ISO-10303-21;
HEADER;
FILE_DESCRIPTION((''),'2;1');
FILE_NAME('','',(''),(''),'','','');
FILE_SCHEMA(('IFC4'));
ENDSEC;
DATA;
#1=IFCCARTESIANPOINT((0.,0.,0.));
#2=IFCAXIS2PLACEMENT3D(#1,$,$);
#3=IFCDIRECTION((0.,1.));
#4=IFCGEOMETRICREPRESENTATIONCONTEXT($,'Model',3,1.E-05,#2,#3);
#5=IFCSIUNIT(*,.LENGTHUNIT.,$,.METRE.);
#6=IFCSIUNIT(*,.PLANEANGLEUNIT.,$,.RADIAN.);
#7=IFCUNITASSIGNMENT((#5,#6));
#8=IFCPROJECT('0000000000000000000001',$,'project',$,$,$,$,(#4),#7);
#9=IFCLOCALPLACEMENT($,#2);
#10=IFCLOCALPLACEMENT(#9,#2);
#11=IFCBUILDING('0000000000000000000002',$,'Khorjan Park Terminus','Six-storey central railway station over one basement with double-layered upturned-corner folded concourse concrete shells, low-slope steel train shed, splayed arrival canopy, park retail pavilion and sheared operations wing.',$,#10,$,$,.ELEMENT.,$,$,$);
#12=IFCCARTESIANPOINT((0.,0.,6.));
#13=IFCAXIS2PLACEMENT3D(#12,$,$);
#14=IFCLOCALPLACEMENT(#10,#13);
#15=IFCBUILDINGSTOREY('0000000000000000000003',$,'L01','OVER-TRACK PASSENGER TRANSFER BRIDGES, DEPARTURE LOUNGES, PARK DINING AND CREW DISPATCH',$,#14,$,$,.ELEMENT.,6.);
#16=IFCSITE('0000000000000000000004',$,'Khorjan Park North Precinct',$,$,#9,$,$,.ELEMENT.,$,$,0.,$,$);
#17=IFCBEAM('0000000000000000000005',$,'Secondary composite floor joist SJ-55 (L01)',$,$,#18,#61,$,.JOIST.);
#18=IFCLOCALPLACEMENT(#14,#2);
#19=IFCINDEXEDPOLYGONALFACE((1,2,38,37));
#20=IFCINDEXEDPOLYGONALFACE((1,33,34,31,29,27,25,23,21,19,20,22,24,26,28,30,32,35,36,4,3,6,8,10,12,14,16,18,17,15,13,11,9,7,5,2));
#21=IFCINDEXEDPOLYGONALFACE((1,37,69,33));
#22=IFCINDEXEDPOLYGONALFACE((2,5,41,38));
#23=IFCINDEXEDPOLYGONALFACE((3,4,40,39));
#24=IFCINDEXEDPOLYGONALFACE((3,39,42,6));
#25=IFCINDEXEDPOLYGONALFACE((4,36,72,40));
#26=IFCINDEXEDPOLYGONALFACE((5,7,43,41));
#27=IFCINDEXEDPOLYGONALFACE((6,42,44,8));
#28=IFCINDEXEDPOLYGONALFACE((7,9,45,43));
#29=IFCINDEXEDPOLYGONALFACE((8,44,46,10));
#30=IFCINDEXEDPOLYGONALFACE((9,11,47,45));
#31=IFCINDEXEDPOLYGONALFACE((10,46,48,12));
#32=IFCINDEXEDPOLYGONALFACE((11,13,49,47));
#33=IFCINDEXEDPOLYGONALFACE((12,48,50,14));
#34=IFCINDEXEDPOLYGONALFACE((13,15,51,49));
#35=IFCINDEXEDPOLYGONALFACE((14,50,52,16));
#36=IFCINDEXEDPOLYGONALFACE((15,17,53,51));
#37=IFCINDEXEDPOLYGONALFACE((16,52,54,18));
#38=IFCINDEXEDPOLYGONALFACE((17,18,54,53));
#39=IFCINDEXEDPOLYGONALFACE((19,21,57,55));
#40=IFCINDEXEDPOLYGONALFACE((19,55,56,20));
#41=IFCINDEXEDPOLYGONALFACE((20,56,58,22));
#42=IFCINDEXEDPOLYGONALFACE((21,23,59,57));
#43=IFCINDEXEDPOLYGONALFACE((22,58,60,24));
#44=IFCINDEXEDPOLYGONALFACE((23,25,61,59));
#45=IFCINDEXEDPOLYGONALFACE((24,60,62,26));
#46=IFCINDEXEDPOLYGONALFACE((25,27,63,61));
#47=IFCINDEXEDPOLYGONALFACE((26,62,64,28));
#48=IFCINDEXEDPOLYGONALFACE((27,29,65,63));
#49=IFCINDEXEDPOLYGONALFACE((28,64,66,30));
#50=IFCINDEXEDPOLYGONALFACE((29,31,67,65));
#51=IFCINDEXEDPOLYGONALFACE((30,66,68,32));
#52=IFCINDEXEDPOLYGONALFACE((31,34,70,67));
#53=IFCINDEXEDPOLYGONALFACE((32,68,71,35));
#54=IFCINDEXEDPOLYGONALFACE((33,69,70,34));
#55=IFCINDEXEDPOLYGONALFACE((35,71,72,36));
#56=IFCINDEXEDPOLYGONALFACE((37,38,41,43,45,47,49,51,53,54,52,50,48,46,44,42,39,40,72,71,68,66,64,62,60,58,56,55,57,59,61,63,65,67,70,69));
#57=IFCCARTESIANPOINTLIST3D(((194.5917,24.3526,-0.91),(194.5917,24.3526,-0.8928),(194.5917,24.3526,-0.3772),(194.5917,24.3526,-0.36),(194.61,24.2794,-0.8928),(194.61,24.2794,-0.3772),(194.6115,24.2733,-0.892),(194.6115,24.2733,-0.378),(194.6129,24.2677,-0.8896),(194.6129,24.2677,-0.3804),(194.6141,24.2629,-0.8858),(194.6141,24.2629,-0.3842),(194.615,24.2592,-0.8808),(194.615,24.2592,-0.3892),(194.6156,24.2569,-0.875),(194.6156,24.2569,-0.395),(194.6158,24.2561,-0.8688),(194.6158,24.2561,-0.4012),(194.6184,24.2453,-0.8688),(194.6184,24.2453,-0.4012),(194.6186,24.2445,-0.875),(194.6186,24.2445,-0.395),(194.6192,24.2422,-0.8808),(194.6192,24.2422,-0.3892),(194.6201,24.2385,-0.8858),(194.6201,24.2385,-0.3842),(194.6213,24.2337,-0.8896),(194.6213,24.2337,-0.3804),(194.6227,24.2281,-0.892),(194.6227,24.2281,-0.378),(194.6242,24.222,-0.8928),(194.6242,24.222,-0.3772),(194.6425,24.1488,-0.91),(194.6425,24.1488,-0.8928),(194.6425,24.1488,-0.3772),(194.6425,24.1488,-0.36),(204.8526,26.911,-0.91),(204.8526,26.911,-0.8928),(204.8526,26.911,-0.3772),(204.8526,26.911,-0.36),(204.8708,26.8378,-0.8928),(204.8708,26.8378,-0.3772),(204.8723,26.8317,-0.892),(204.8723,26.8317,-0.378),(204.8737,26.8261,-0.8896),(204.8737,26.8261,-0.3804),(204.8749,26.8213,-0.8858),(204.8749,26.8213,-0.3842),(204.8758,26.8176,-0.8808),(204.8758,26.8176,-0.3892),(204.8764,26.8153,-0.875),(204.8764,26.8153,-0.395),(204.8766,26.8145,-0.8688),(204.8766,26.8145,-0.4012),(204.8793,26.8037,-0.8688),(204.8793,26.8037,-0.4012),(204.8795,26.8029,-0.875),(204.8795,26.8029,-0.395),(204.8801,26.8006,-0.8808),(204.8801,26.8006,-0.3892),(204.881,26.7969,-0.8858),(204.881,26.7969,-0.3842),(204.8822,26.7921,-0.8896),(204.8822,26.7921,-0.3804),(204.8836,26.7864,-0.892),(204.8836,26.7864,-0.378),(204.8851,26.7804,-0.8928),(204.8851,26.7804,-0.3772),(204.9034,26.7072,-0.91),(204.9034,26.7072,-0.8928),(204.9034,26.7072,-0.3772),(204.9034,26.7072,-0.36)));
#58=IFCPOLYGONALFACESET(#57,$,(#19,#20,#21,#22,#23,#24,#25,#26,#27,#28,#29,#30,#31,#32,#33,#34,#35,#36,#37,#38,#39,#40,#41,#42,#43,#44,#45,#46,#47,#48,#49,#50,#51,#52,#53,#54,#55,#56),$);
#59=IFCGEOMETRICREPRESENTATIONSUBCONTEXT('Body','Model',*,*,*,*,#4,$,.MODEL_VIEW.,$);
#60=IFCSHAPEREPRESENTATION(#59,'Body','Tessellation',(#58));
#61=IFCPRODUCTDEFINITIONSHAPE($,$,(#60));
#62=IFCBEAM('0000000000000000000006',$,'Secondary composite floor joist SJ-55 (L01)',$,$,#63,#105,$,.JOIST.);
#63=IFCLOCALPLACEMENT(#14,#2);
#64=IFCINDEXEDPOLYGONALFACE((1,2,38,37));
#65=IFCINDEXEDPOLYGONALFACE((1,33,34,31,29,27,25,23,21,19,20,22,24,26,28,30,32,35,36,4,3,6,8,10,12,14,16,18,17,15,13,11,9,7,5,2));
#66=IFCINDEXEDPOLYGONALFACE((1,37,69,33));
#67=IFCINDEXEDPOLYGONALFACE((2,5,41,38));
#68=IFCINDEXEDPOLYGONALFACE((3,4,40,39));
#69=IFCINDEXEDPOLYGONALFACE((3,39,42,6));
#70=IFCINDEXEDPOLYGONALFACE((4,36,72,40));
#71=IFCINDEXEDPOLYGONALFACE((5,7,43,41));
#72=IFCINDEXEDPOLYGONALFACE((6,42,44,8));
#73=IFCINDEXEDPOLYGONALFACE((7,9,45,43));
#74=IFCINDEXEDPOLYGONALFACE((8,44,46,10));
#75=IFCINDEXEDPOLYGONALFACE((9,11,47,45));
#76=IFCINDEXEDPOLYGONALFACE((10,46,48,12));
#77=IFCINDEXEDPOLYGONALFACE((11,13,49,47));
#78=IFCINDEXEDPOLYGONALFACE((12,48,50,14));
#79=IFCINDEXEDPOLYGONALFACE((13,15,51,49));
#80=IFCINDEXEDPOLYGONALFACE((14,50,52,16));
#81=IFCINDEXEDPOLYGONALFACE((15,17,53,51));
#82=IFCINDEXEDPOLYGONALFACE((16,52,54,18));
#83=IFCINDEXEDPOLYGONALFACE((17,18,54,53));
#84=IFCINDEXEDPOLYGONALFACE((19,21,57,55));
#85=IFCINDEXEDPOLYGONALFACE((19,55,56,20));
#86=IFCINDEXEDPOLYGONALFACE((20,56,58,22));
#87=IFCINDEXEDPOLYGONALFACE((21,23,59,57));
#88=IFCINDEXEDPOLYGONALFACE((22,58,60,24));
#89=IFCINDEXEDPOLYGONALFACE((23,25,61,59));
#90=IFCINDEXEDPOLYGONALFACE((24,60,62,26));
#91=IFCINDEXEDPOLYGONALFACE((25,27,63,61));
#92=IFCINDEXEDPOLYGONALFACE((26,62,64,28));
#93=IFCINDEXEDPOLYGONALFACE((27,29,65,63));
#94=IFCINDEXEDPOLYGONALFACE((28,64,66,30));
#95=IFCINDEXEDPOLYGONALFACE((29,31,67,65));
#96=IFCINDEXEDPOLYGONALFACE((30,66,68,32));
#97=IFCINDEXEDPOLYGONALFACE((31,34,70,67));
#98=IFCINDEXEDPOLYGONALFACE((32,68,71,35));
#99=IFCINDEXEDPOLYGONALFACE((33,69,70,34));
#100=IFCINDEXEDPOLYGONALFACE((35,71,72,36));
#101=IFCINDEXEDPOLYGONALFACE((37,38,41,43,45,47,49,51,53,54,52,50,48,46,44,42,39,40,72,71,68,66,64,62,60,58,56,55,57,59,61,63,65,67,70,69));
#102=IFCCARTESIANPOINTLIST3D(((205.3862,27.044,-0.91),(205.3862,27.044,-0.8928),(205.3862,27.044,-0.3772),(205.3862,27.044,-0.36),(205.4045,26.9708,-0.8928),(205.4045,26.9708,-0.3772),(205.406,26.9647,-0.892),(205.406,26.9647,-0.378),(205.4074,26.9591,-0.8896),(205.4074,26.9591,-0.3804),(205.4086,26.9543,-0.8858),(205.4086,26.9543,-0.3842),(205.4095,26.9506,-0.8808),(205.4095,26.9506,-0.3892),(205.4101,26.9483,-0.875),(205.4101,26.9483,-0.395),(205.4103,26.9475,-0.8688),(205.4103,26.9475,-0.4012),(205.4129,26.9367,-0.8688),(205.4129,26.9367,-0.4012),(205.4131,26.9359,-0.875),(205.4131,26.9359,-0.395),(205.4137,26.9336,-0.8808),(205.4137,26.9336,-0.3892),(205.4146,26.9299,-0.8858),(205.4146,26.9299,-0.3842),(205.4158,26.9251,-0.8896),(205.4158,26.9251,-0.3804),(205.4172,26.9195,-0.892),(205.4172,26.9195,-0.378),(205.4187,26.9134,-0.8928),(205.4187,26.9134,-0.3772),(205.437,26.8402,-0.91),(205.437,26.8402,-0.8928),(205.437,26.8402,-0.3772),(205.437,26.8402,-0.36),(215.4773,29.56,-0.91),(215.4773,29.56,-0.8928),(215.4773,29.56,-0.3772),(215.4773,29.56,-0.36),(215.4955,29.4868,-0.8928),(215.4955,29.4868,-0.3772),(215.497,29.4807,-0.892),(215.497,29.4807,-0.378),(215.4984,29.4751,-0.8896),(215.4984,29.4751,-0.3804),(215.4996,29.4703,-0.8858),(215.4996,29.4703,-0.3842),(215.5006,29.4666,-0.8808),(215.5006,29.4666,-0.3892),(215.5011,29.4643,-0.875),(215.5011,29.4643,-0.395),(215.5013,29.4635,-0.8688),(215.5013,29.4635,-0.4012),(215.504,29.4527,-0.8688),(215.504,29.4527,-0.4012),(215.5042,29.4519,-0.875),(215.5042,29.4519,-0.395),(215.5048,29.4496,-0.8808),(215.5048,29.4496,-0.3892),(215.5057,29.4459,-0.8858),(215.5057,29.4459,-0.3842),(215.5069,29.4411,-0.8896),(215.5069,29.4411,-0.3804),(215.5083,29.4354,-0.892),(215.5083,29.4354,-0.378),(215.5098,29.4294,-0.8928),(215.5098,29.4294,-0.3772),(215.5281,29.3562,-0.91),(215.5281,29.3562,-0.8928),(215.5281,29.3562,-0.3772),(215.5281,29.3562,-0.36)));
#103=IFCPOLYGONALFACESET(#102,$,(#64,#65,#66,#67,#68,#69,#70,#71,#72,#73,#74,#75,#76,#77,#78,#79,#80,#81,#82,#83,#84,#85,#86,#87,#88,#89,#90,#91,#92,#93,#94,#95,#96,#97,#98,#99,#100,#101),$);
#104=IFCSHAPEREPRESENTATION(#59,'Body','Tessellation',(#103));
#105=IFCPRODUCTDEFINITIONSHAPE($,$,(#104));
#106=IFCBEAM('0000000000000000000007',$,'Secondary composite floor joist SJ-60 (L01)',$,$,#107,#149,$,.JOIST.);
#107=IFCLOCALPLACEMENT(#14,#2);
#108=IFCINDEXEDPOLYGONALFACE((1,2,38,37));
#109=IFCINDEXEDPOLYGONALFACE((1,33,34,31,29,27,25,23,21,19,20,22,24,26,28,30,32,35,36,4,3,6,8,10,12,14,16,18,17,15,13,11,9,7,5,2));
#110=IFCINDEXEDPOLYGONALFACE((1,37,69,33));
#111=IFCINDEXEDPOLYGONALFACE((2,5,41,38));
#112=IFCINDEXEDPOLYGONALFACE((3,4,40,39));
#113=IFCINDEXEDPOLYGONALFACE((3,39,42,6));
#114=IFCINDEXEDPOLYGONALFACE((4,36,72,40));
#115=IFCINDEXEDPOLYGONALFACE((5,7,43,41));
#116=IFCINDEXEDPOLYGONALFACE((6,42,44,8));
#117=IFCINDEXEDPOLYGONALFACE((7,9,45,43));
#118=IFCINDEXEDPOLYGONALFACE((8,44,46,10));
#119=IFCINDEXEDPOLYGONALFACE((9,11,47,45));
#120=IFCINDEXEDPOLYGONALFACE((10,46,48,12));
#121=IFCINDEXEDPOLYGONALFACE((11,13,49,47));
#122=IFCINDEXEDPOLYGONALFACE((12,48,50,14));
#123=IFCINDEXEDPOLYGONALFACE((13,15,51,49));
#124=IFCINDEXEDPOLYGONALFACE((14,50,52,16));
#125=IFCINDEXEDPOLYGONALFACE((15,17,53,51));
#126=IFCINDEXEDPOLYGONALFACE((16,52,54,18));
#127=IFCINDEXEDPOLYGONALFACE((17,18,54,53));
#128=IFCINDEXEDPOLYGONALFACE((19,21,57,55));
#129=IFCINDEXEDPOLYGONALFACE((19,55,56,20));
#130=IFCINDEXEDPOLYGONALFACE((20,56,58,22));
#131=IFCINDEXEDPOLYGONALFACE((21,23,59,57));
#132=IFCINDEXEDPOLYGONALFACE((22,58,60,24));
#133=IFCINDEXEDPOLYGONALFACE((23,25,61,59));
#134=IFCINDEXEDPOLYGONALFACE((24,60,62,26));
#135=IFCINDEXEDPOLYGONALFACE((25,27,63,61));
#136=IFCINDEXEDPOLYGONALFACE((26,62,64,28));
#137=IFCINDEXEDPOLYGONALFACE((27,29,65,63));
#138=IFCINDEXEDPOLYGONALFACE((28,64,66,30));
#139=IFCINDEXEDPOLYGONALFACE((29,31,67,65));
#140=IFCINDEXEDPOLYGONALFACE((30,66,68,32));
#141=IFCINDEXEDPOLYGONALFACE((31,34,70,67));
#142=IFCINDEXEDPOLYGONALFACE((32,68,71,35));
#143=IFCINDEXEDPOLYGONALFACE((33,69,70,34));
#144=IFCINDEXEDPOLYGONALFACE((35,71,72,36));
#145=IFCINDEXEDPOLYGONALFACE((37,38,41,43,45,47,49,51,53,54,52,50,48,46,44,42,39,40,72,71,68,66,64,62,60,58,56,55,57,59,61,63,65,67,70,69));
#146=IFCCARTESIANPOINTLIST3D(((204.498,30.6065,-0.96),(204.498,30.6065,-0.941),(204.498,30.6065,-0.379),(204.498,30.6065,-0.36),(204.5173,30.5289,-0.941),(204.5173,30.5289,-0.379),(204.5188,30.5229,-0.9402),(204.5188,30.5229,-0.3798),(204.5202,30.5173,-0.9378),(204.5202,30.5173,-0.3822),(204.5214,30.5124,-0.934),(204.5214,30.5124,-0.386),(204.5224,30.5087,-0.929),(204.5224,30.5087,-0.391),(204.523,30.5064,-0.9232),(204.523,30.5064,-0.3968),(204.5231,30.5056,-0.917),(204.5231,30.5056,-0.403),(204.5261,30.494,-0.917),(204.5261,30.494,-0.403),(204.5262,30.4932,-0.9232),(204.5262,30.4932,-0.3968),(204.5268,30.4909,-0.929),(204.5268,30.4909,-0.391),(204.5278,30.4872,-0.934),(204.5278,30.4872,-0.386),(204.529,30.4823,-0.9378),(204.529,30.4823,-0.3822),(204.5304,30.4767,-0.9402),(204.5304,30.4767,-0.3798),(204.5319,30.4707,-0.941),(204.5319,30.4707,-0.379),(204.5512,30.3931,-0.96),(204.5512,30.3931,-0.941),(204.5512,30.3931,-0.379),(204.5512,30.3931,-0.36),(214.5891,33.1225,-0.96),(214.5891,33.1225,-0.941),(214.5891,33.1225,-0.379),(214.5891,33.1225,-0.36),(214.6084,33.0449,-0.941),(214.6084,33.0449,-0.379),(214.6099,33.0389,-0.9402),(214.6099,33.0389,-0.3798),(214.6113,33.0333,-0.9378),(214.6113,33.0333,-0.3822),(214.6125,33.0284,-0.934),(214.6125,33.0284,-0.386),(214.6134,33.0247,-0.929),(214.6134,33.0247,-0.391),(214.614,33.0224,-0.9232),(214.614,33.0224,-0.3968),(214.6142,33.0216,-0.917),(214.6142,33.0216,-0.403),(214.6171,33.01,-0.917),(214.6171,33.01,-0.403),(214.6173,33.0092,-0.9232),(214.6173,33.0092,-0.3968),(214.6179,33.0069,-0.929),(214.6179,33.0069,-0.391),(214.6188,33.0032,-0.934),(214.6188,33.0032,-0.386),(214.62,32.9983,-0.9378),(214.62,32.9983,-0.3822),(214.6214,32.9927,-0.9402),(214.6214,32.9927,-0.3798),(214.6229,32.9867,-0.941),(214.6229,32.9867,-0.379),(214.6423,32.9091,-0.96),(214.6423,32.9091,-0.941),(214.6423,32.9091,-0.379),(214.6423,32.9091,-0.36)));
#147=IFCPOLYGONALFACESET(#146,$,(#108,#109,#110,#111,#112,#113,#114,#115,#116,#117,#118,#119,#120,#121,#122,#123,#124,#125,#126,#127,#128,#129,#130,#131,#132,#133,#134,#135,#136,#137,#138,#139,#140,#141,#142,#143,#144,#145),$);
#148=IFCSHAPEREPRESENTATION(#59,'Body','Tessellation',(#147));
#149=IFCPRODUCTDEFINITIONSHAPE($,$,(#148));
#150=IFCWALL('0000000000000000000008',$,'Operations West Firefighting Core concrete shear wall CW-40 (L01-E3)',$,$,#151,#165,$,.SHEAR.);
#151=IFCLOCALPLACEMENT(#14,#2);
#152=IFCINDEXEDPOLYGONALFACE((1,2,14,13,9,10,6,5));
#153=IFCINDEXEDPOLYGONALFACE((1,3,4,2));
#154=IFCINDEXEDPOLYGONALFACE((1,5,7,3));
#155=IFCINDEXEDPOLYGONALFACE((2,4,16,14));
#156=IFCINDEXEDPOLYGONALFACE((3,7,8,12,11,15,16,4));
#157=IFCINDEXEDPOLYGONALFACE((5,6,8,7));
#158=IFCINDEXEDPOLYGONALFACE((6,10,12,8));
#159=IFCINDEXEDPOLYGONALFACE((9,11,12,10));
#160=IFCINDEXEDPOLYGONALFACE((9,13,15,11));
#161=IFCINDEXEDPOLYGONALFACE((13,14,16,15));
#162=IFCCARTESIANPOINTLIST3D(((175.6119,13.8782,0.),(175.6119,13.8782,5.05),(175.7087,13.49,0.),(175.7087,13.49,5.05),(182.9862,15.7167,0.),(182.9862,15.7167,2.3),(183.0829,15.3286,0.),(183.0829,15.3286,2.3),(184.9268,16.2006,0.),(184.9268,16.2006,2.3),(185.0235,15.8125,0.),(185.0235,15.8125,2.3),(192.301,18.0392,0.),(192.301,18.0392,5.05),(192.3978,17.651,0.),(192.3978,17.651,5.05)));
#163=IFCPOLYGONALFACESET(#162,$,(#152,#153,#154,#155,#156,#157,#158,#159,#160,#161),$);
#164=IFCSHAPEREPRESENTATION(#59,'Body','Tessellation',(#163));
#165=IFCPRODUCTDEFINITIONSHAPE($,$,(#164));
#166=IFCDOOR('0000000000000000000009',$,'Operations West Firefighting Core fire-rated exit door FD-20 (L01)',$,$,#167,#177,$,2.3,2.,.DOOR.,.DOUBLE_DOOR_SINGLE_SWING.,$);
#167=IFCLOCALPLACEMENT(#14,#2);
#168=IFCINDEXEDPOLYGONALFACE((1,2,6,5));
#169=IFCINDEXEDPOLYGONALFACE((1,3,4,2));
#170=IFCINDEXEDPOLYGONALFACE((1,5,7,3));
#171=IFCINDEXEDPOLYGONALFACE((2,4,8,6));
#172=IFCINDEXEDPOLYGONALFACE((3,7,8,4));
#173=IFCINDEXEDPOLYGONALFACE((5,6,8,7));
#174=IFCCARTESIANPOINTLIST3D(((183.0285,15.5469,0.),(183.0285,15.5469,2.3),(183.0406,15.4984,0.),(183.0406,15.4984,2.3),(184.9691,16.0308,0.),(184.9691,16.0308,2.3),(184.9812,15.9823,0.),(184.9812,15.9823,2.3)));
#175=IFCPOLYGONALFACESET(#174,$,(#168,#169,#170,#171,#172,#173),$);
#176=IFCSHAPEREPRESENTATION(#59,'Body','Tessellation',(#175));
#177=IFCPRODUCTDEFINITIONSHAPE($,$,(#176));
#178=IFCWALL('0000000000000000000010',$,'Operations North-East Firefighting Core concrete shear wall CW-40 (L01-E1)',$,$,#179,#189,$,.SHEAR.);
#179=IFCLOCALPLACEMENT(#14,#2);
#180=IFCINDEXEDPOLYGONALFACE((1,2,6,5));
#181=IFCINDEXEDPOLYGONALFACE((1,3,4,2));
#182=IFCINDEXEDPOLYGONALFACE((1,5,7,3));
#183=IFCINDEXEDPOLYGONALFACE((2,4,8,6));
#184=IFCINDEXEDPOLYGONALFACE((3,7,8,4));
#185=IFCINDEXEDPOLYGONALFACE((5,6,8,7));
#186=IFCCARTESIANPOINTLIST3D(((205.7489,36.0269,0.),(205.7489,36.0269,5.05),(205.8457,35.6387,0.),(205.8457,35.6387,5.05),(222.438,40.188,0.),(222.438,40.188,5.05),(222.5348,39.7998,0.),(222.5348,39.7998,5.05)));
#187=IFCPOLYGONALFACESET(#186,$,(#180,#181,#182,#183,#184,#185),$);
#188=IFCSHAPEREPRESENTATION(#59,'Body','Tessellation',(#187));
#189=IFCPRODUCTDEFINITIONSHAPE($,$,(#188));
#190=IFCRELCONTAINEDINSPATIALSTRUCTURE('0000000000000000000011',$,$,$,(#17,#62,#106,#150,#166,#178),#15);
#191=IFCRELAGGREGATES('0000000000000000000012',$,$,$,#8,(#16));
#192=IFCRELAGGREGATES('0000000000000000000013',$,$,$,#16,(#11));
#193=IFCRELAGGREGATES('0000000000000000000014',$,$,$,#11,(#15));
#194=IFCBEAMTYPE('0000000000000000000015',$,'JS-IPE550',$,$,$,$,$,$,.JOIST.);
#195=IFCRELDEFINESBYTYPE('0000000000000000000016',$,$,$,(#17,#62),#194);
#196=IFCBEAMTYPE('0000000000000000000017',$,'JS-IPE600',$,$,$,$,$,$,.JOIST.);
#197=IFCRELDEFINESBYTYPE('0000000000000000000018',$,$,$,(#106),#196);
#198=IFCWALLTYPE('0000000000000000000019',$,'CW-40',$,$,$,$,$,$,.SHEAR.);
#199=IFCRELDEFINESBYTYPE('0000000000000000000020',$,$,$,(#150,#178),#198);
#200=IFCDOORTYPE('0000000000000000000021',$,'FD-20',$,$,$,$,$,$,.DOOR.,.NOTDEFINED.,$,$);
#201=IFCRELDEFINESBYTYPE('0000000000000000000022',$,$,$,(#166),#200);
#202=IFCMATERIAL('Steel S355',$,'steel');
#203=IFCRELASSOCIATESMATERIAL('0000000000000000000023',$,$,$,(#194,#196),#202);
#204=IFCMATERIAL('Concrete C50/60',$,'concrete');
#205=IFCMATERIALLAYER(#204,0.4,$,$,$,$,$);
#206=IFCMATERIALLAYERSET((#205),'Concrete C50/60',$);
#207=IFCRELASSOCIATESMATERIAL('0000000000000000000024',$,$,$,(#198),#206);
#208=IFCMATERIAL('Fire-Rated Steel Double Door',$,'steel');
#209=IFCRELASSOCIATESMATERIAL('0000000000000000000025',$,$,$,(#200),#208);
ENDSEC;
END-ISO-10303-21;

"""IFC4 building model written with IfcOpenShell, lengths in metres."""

from ifc_helpers import new_model, si_unit, direction, frame, frame_2d, origin, origin_2d, place, context, subcontext, project, spatial, rectangle, i_section, extrude, material, layer, layer_set, material_profile, profile_set, type_object, element, fill, save


model = new_model("IFC4")

# Units and contexts
model_context = context("Model", 3, precision=1e-05, world=origin(), true_north=direction((0.0, 1.0)))
body_context = subcontext(model_context, "Body", "Model", "MODEL_VIEW")
ifc_project = project(units=[si_unit("LENGTHUNIT", "METRE"), si_unit("PLANEANGLEUNIT", "RADIAN")], contexts=[model_context])

# Site, building, storey
site_placement = place(None, origin())
site = spatial("IfcSite", under=ifc_project, at=site_placement, Name="Khorjan Park North Precinct", CompositionType="ELEMENT", RefElevation=0.0)
building_placement = place(site_placement, origin())
building = spatial("IfcBuilding", under=site, at=building_placement, Name="Khorjan Park Terminus", Description="Six-storey central railway station over one basement with double-layered upturned-corner folded concourse concrete shells, low-slope steel train shed, splayed arrival canopy, park retail pavilion and sheared operations wing.", CompositionType="ELEMENT")
storey_placement = place(building_placement, frame((0.0, 0.0, 6.0)))
storey = spatial("IfcBuildingStorey", under=building, at=storey_placement, Name="L01", Description="OVER-TRACK PASSENGER TRANSFER BRIDGES, DEPARTURE LOUNGES, PARK DINING AND CREW DISPATCH", CompositionType="ELEMENT", Elevation=6.0)

# Shared definitions
ifc_material_1 = material(Name="Concrete C50/60", Category="concrete")

# Beams
ifc_material_2 = material(Name="Steel S355", Category="steel")
ifc_material_profile_1 = material_profile(ifc_material_2, i_section(OverallWidth=0.21, OverallDepth=0.55, WebThickness=0.0111, FlangeThickness=0.0172, FilletRadius=0.024, at=origin_2d()), Name="IPE 550")
ifc_profile_set_1 = profile_set([ifc_material_profile_1], Name="Steel S355")
beam_type_1 = type_object("IfcBeamType", Name="JS-IPE550", PredefinedType="JOIST", material=ifc_profile_set_1)
beam_1_placement = place(storey_placement, frame((194.6171, 24.2507, -0.635), z_axis=(0.970294, 0.241928, 0.0), x_axis=(-0.241928, 0.970294, 0.0)))
element("IfcBeam", 1, at=beam_1_placement, inside=storey, type_object=beam_type_1, Name="Secondary composite floor joist SJ-55 (L01)", PredefinedType="JOIST", context=body_context, shape_type="SweptSolid", body=[
    extrude(i_section(OverallWidth=0.21, OverallDepth=0.55, WebThickness=0.0111, FlangeThickness=0.0172, FilletRadius=0.024, at=origin_2d()), origin(), (0.0, 0.0, 1.0), 10.575),
])
beam_2_placement = place(storey_placement, frame((205.4116, 26.9421, -0.635), z_axis=(0.970296, 0.241922, 0.0), x_axis=(-0.241922, 0.970296, 0.0)))
element("IfcBeam", 2, at=beam_2_placement, inside=storey, type_object=beam_type_1, Name="Secondary composite floor joist SJ-55 (L01)", PredefinedType="JOIST", context=body_context, shape_type="SweptSolid", body=[
    extrude(i_section(OverallWidth=0.21, OverallDepth=0.55, WebThickness=0.0111, FlangeThickness=0.0172, FilletRadius=0.024, at=origin_2d()), origin(), (0.0, 0.0, 1.0), 10.4),
])
ifc_material_profile_2 = material_profile(ifc_material_2, i_section(OverallWidth=0.22, OverallDepth=0.6, WebThickness=0.012, FlangeThickness=0.019, FilletRadius=0.024, at=origin_2d()), Name="IPE 600")
ifc_profile_set_2 = profile_set([ifc_material_profile_2], Name="Steel S355")
beam_type_2 = type_object("IfcBeamType", Name="JS-IPE600", PredefinedType="JOIST", material=ifc_profile_set_2)
beam_3_placement = place(storey_placement, frame((204.5246, 30.4998, -0.66), z_axis=(0.970296, 0.241922, 0.0), x_axis=(-0.241922, 0.970296, 0.0)))
element("IfcBeam", 3, at=beam_3_placement, inside=storey, type_object=beam_type_2, Name="Secondary composite floor joist SJ-60 (L01)", PredefinedType="JOIST", context=body_context, shape_type="SweptSolid", body=[
    extrude(i_section(OverallWidth=0.22, OverallDepth=0.6, WebThickness=0.012, FlangeThickness=0.019, FilletRadius=0.024, at=origin_2d()), origin(), (0.0, 0.0, 1.0), 10.4),
])

# Wall, opening, door
ifc_layer_1 = layer(ifc_material_1, 0.4)
ifc_layer_set_1 = layer_set([ifc_layer_1], Name="Concrete C50/60")
wall_type_1 = type_object("IfcWallType", Name="CW-40", PredefinedType="SHEAR", material=ifc_layer_set_1)
wall_1_placement = place(storey_placement, frame((192.3494, 17.8451, 0.0), z_axis=(0.0, 0.0, 1.0), x_axis=(-0.970297, -0.241919, 0.0)))
wall_1 = element("IfcWall", 4, at=wall_1_placement, inside=storey, type_object=wall_type_1, Name="Operations West Firefighting Core concrete shear wall CW-40 (L01-E3)", PredefinedType="SHEAR", context=body_context, shape_type="SweptSolid", body=[
    extrude(rectangle(XDim=17.2, YDim=0.4, at=frame_2d((8.6, 0.0))), origin(), (0.0, 0.0, 1.0), 5.05),
])
opening_1_placement = place(wall_1_placement, frame((7.6, 0.0, 0.0)))
opening_1 = element("IfcOpeningElement", 5, at=opening_1_placement, cuts=wall_1, PredefinedType="OPENING", context=body_context, shape_type="SweptSolid", body=[
    extrude(rectangle(XDim=2.0, YDim=2.3, at=frame_2d((1.0, 1.15))), frame((0.0, 0.21, 0.0), z_axis=(0.0, -1.0, 0.0), x_axis=(1.0, 0.0, 0.0)), (0.0, 0.0, 1.0), 0.42),
])
ifc_material_3 = material(Name="Fire-Rated Steel Double Door", Category="steel")
door_type_1 = type_object("IfcDoorType", Name="FD-20", OperationType="NOTDEFINED", PredefinedType="DOOR", material=ifc_material_3)
door_1_placement = place(opening_1_placement, origin())
door_1 = element("IfcDoor", 6, at=door_1_placement, inside=storey, type_object=door_type_1, Name="Operations West Firefighting Core fire-rated exit door FD-20 (L01)", OperationType="DOUBLE_DOOR_SINGLE_SWING", OverallHeight=2.3, OverallWidth=2.0, PredefinedType="DOOR", context=body_context, shape_type="SweptSolid", body=[
    extrude(rectangle(XDim=2.0, YDim=2.3, at=frame_2d((1.0, 1.15))), frame((0.0, 0.025, 0.0), z_axis=(0.0, -1.0, 0.0), x_axis=(1.0, 0.0, 0.0)), (0.0, 0.0, 1.0), 0.05),
])
fill(opening_1, door_1)

# Wall
wall_2_placement = place(storey_placement, frame((205.7973, 35.8328, 0.0), z_axis=(0.0, 0.0, 1.0), x_axis=(0.970295, 0.241924, 0.0)))
element("IfcWall", 7, at=wall_2_placement, inside=storey, type_object=wall_type_1, Name="Operations North-East Firefighting Core concrete shear wall CW-40 (L01-E1)", PredefinedType="SHEAR", context=body_context, shape_type="SweptSolid", body=[
    extrude(rectangle(XDim=17.2, YDim=0.4, at=frame_2d((8.6, 0.0))), origin(), (0.0, 0.0, 1.0), 5.05),
])

save(model, "model.ifc")
